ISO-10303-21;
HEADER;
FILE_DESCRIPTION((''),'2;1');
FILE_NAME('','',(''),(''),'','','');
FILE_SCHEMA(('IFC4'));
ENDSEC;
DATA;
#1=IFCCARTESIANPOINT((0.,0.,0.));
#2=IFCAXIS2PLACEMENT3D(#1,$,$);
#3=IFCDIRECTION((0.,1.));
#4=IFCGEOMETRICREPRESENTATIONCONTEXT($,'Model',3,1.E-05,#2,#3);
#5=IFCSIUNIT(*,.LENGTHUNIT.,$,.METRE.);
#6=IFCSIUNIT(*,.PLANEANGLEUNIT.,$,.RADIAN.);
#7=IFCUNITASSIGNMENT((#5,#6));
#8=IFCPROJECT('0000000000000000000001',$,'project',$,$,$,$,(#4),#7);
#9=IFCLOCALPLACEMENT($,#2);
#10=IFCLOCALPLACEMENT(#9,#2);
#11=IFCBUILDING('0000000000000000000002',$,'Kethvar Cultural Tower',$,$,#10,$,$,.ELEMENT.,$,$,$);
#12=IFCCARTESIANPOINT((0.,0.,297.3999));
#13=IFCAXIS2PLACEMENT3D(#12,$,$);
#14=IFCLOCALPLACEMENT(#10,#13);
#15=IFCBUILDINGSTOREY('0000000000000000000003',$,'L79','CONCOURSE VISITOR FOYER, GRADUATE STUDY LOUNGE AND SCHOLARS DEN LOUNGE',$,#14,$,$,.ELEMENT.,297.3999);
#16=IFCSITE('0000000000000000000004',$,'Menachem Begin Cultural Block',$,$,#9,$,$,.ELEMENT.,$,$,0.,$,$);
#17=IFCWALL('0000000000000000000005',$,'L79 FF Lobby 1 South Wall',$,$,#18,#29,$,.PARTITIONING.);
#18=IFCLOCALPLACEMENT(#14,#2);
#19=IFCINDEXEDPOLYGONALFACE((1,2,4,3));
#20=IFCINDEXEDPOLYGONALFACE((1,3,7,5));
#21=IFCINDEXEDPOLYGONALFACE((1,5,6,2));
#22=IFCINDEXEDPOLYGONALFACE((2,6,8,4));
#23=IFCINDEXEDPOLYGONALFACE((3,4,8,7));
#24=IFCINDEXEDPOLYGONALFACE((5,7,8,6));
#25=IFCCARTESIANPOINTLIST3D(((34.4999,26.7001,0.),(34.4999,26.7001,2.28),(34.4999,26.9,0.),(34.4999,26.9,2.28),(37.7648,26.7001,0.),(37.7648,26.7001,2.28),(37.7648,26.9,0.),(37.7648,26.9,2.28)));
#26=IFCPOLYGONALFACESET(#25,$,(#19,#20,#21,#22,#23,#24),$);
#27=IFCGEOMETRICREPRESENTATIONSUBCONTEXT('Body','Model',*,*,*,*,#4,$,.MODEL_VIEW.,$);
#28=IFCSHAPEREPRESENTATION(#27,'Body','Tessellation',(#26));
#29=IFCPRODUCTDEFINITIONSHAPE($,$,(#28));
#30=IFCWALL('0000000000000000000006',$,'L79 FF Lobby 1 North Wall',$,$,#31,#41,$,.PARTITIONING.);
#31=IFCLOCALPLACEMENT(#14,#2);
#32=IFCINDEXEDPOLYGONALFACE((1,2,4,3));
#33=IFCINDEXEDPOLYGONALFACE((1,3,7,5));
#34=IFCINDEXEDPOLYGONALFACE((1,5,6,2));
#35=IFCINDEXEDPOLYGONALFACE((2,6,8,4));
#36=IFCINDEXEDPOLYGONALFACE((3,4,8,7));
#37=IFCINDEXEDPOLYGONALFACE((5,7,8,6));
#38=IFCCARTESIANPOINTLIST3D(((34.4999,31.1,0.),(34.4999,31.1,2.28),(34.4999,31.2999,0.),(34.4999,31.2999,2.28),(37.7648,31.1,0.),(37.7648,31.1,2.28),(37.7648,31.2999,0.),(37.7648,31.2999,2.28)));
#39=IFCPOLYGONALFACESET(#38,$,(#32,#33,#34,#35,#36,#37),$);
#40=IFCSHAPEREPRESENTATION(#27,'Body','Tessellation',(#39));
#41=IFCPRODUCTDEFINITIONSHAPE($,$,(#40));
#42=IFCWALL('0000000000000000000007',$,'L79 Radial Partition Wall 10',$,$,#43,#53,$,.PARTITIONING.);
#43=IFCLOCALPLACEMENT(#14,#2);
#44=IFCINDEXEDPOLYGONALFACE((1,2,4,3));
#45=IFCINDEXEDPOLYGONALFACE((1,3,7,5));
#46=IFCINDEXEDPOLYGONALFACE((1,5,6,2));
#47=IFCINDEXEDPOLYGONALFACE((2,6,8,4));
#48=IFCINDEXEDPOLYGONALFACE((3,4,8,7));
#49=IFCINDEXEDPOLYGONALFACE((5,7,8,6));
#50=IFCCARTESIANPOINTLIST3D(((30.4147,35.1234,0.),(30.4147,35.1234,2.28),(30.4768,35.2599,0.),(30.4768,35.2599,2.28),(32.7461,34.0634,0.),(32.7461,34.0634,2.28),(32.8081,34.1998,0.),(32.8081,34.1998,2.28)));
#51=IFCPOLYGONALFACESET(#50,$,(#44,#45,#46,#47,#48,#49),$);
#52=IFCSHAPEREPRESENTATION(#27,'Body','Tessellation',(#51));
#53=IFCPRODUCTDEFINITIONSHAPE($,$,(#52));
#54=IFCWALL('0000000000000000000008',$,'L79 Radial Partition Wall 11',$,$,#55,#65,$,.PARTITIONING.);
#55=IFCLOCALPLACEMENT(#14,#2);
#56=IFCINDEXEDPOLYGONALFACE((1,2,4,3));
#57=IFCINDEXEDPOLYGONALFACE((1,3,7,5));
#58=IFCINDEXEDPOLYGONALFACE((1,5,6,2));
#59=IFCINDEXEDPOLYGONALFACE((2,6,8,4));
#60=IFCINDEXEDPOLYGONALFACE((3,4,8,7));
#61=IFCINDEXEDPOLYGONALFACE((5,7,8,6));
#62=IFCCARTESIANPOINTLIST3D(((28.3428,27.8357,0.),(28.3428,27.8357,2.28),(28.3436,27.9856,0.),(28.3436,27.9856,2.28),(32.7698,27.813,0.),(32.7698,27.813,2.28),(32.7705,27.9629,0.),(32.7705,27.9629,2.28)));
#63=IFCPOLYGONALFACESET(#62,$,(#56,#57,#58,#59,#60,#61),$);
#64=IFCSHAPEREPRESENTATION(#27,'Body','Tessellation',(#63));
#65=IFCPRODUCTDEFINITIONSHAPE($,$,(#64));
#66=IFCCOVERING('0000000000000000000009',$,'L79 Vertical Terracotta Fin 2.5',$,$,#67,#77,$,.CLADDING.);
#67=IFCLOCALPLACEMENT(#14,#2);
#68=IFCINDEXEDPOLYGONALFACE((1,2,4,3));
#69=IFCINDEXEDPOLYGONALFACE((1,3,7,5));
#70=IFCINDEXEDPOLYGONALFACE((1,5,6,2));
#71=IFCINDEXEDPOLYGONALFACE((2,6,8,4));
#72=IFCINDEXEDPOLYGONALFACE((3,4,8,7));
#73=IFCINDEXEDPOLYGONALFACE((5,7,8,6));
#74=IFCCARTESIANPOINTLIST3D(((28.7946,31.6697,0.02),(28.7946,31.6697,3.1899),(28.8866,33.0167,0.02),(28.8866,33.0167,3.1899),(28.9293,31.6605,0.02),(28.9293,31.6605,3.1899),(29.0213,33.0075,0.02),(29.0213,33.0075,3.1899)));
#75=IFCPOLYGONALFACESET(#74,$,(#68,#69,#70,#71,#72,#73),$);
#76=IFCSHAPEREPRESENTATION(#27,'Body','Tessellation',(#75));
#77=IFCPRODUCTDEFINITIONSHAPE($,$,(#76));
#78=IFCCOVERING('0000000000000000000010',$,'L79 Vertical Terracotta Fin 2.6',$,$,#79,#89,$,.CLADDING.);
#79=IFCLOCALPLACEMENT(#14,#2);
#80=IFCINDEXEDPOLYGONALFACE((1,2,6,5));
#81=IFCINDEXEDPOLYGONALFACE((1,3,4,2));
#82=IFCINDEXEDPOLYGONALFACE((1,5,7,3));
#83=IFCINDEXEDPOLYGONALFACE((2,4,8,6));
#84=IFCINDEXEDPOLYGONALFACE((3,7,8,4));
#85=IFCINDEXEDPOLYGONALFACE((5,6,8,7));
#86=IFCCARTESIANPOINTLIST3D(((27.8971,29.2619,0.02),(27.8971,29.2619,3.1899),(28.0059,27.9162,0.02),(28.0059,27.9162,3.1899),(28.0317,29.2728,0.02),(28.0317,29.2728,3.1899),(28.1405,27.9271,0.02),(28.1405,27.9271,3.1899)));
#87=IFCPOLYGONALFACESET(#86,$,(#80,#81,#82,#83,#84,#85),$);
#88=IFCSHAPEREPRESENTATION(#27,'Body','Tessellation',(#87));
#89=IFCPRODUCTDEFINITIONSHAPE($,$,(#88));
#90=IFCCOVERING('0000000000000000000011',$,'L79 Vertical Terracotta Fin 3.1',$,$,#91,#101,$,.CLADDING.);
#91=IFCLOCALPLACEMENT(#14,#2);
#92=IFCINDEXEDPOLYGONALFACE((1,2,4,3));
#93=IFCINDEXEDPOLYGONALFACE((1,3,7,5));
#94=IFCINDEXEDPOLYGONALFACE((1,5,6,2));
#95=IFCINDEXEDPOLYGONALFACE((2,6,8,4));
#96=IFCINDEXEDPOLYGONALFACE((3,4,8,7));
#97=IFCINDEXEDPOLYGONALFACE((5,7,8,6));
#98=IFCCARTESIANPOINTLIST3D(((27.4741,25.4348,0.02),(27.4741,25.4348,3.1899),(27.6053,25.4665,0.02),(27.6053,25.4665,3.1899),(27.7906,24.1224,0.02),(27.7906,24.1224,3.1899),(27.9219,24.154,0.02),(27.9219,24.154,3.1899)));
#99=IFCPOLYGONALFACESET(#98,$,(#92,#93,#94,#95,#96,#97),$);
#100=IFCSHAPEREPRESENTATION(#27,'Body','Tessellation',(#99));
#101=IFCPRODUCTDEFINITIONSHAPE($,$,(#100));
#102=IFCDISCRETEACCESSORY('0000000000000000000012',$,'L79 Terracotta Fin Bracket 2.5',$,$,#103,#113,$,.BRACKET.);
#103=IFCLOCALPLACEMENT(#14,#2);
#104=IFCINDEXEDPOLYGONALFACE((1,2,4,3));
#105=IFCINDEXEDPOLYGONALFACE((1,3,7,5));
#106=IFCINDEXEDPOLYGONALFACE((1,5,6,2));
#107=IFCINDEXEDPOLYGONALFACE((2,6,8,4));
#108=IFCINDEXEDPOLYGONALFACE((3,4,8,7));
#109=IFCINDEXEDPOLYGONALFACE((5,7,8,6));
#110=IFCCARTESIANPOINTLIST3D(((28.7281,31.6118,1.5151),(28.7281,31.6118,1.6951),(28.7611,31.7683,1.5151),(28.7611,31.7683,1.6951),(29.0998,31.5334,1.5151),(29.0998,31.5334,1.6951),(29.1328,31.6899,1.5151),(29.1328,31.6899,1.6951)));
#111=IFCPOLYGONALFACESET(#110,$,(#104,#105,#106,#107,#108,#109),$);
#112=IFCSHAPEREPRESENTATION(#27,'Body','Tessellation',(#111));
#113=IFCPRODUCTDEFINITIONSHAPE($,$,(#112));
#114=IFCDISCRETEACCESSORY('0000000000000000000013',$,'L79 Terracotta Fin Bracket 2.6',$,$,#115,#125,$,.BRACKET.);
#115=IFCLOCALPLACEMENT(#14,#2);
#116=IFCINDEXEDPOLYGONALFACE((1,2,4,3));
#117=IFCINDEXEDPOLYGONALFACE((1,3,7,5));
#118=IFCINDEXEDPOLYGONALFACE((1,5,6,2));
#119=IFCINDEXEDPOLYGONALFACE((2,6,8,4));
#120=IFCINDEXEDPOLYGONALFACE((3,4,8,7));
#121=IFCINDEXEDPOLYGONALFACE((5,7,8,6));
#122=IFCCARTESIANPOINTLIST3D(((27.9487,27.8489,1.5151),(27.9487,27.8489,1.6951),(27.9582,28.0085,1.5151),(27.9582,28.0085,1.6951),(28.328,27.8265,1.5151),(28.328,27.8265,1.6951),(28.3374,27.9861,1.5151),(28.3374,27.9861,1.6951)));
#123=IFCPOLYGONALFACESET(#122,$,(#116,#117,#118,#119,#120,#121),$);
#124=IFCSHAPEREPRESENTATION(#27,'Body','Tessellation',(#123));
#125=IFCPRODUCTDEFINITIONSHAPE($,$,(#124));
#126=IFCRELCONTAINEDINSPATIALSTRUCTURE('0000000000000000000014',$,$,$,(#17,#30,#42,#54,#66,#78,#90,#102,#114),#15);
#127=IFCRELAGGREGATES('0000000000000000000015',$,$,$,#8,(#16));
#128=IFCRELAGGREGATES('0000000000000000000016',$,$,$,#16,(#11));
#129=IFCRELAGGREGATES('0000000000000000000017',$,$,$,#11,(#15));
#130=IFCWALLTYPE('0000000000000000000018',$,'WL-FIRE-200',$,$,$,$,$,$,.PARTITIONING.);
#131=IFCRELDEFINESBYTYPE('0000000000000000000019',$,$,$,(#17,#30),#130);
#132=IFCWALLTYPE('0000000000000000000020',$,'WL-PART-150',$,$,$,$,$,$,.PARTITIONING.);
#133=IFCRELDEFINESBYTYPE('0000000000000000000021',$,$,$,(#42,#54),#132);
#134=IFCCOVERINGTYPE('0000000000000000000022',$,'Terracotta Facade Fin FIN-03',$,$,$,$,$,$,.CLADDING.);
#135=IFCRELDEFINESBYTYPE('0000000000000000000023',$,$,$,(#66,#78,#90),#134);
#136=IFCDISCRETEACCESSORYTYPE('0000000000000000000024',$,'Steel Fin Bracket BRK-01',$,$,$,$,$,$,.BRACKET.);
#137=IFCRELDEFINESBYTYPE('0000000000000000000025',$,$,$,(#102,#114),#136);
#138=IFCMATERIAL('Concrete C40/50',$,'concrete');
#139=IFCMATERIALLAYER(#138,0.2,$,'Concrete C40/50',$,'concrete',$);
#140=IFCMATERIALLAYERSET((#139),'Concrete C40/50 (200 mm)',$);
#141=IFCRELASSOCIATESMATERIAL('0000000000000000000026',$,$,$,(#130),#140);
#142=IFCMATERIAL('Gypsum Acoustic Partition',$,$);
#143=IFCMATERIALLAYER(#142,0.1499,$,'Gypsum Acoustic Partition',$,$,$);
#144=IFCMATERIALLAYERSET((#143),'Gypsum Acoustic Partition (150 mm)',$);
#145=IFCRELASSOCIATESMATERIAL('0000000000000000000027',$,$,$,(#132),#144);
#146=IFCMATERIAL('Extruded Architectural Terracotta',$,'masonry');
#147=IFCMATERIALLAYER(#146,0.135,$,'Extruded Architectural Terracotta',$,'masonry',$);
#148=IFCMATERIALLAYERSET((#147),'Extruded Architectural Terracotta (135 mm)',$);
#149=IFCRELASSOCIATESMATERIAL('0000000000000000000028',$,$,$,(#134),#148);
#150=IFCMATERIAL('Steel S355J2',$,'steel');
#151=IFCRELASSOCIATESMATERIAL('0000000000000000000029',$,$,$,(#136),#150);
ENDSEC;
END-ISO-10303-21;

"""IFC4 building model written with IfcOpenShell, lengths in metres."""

from ifc_helpers import new_model, si_unit, direction, frame, frame_2d, origin, origin_2d, place, context, subcontext, project, spatial, rectangle, extrude, source, transform, mapped, material, layer, layer_set, type_object, element, save


model = new_model("IFC4")

# Units and contexts
model_context = context("Model", 3, precision=1e-05, world=origin(), true_north=direction((0.0, 1.0)))
body_context = subcontext(model_context, "Body", "Model", "MODEL_VIEW")
ifc_project = project(units=[si_unit("LENGTHUNIT", "METRE"), si_unit("PLANEANGLEUNIT", "RADIAN")], contexts=[model_context])

# Site, building, storey
site_placement = place(None, origin())
site = spatial("IfcSite", under=ifc_project, at=site_placement, Name="Menachem Begin Cultural Block", CompositionType="ELEMENT", RefElevation=0.0)
building_placement = place(site_placement, origin())
building = spatial("IfcBuilding", under=site, at=building_placement, Name="Kethvar Cultural Tower", CompositionType="ELEMENT")
storey_placement = place(building_placement, frame((0.0, 0.0, 297.3999)))
storey = spatial("IfcBuildingStorey", under=building, at=storey_placement, Name="L79", Description="CONCOURSE VISITOR FOYER, GRADUATE STUDY LOUNGE AND SCHOLARS DEN LOUNGE", CompositionType="ELEMENT", Elevation=297.3999)

# Shared definitions
ifc_material_1 = material(Name="Steel S355J2", Category="steel")

# Shared definitions
ifc_material_2 = material(Name="Concrete C40/50", Category="concrete")
ifc_layer_1 = layer(ifc_material_2, 0.2, Name="Concrete C40/50", Category="concrete")
ifc_layer_set_1 = layer_set([ifc_layer_1], Name="Concrete C40/50 (200 mm)")
wall_type_1 = type_object("IfcWallType", Name="WL-FIRE-200", PredefinedType="PARTITIONING", material=ifc_layer_set_1)

# Walls
for number, where, z_axis, x_axis, name in (
    (1, (34.5, 26.8, 0.0), (0.0, 0.0, 1.0), (1.0, 0.0, 0.0), "L79 FF Lobby 1 South Wall"),
    (2, (34.5, 31.2, 0.0), (0.0, 0.0, 1.0), (1.0, 0.0, 0.0), "L79 FF Lobby 1 North Wall"),
):
    element("IfcWall", number, at=place(storey_placement, frame(where, z_axis=z_axis, x_axis=x_axis)), inside=storey, type_object=wall_type_1, Name=name, PredefinedType="PARTITIONING", context=body_context, shape_type="SweptSolid", body=[
        extrude(rectangle(XDim=3.2649, YDim=0.2, at=frame_2d((1.6323, 0.0))), origin(), (0.0, 0.0, 1.0), 2.28),
    ])
ifc_material_3 = material(Name="Gypsum Acoustic Partition")
ifc_layer_2 = layer(ifc_material_3, 0.1499, Name="Gypsum Acoustic Partition")
ifc_layer_set_2 = layer_set([ifc_layer_2], Name="Gypsum Acoustic Partition (150 mm)")
wall_type_2 = type_object("IfcWallType", Name="WL-PART-150", PredefinedType="PARTITIONING", material=ifc_layer_set_2)
wall_1_placement = place(storey_placement, frame((32.7771, 34.1316, 0.0), z_axis=(0.0, 0.0, 1.0), x_axis=(-0.910311, 0.413925, 0.0)))
element("IfcWall", 3, at=wall_1_placement, inside=storey, type_object=wall_type_2, Name="L79 Radial Partition Wall 10", PredefinedType="PARTITIONING", context=body_context, shape_type="SweptSolid", body=[
    extrude(rectangle(XDim=2.561, YDim=0.1499, at=frame_2d((1.2805, 0.0))), origin(), (0.0, 0.0, 1.0), 2.28),
])
wall_2_placement = place(storey_placement, frame((32.77, 27.8879, 0.0), z_axis=(0.0, 0.0, 1.0), x_axis=(-0.999987, 0.005129, 0.0)))
element("IfcWall", 4, at=wall_2_placement, inside=storey, type_object=wall_type_2, Name="L79 Radial Partition Wall 11", PredefinedType="PARTITIONING", context=body_context, shape_type="SweptSolid", body=[
    extrude(rectangle(XDim=4.427, YDim=0.1499, at=frame_2d((2.2134, 0.0))), origin(), (0.0, 0.0, 1.0), 2.28),
])

# Coverings
ifc_material_4 = material(Name="Extruded Architectural Terracotta", Category="masonry")
ifc_layer_3 = layer(ifc_material_4, 0.135, Name="Extruded Architectural Terracotta", Category="masonry")
ifc_layer_set_3 = layer_set([ifc_layer_3], Name="Extruded Architectural Terracotta (135 mm)")
covering_type = type_object("IfcCoveringType", Name="Terracotta Facade Fin FIN-03", PredefinedType="CLADDING", material=ifc_layer_set_3)
shared_shape_1 = source(origin(), body_context, "Body", "SweptSolid", [
    extrude(rectangle(XDim=1.3501, YDim=0.135, at=origin_2d()), origin(), (0.0, 0.0, 1.0), 3.1699),
])
for number, where, z_axis, x_axis, name in (
    (5, (28.908, 32.3386, 0.02), (0.0, 0.0, 1.0), (0.068189, 0.997672, 0.0), "L79 Vertical Terracotta Fin 2.5"),
    (6, (28.0188, 28.5945, 0.02), (0.0, 0.0, 1.0), (-0.080547, 0.996751, 0.0), "L79 Vertical Terracotta Fin 2.6"),
    (7, (27.698, 24.7944, 0.02), (0.0, 0.0, 1.0), (-0.234463, 0.972125, 0.0), "L79 Vertical Terracotta Fin 3.1"),
):
    element("IfcCovering", number, at=place(storey_placement, frame(where, z_axis=z_axis, x_axis=x_axis)), inside=storey, type_object=covering_type, Name=name, PredefinedType="CLADDING", context=body_context, shape_type="MappedRepresentation", body=[
        mapped(shared_shape_1, transform((0.0, 0.0, 0.0), scale=1.0)),
    ])

# Discrete accessories
discrete_accessory_type = type_object("IfcDiscreteAccessoryType", Name="Steel Fin Bracket BRK-01", PredefinedType="BRACKET", material=ifc_material_1)
shared_shape_2 = source(origin(), body_context, "Body", "SweptSolid", [
    extrude(rectangle(XDim=0.3799, YDim=0.1599, at=origin_2d()), origin(), (0.0, 0.0, 1.0), 0.1799),
])
for number, where, z_axis, x_axis, name in (
    (8, (28.9304, 31.6509, 1.5151), (0.0, 0.0, 1.0), (-0.978473, 0.206375, 0.0), "L79 Terracotta Fin Bracket 2.5"),
    (9, (28.1431, 27.9175, 1.5151), (0.0, 0.0, 1.0), (-0.99826, 0.058958, 0.0), "L79 Terracotta Fin Bracket 2.6"),
):
    element("IfcDiscreteAccessory", number, at=place(storey_placement, frame(where, z_axis=z_axis, x_axis=x_axis)), inside=storey, type_object=discrete_accessory_type, Name=name, PredefinedType="BRACKET", context=body_context, shape_type="MappedRepresentation", body=[
        mapped(shared_shape_2, transform((0.0, 0.0, 0.0), scale=1.0)),
    ])

save(model, "model.ifc")
